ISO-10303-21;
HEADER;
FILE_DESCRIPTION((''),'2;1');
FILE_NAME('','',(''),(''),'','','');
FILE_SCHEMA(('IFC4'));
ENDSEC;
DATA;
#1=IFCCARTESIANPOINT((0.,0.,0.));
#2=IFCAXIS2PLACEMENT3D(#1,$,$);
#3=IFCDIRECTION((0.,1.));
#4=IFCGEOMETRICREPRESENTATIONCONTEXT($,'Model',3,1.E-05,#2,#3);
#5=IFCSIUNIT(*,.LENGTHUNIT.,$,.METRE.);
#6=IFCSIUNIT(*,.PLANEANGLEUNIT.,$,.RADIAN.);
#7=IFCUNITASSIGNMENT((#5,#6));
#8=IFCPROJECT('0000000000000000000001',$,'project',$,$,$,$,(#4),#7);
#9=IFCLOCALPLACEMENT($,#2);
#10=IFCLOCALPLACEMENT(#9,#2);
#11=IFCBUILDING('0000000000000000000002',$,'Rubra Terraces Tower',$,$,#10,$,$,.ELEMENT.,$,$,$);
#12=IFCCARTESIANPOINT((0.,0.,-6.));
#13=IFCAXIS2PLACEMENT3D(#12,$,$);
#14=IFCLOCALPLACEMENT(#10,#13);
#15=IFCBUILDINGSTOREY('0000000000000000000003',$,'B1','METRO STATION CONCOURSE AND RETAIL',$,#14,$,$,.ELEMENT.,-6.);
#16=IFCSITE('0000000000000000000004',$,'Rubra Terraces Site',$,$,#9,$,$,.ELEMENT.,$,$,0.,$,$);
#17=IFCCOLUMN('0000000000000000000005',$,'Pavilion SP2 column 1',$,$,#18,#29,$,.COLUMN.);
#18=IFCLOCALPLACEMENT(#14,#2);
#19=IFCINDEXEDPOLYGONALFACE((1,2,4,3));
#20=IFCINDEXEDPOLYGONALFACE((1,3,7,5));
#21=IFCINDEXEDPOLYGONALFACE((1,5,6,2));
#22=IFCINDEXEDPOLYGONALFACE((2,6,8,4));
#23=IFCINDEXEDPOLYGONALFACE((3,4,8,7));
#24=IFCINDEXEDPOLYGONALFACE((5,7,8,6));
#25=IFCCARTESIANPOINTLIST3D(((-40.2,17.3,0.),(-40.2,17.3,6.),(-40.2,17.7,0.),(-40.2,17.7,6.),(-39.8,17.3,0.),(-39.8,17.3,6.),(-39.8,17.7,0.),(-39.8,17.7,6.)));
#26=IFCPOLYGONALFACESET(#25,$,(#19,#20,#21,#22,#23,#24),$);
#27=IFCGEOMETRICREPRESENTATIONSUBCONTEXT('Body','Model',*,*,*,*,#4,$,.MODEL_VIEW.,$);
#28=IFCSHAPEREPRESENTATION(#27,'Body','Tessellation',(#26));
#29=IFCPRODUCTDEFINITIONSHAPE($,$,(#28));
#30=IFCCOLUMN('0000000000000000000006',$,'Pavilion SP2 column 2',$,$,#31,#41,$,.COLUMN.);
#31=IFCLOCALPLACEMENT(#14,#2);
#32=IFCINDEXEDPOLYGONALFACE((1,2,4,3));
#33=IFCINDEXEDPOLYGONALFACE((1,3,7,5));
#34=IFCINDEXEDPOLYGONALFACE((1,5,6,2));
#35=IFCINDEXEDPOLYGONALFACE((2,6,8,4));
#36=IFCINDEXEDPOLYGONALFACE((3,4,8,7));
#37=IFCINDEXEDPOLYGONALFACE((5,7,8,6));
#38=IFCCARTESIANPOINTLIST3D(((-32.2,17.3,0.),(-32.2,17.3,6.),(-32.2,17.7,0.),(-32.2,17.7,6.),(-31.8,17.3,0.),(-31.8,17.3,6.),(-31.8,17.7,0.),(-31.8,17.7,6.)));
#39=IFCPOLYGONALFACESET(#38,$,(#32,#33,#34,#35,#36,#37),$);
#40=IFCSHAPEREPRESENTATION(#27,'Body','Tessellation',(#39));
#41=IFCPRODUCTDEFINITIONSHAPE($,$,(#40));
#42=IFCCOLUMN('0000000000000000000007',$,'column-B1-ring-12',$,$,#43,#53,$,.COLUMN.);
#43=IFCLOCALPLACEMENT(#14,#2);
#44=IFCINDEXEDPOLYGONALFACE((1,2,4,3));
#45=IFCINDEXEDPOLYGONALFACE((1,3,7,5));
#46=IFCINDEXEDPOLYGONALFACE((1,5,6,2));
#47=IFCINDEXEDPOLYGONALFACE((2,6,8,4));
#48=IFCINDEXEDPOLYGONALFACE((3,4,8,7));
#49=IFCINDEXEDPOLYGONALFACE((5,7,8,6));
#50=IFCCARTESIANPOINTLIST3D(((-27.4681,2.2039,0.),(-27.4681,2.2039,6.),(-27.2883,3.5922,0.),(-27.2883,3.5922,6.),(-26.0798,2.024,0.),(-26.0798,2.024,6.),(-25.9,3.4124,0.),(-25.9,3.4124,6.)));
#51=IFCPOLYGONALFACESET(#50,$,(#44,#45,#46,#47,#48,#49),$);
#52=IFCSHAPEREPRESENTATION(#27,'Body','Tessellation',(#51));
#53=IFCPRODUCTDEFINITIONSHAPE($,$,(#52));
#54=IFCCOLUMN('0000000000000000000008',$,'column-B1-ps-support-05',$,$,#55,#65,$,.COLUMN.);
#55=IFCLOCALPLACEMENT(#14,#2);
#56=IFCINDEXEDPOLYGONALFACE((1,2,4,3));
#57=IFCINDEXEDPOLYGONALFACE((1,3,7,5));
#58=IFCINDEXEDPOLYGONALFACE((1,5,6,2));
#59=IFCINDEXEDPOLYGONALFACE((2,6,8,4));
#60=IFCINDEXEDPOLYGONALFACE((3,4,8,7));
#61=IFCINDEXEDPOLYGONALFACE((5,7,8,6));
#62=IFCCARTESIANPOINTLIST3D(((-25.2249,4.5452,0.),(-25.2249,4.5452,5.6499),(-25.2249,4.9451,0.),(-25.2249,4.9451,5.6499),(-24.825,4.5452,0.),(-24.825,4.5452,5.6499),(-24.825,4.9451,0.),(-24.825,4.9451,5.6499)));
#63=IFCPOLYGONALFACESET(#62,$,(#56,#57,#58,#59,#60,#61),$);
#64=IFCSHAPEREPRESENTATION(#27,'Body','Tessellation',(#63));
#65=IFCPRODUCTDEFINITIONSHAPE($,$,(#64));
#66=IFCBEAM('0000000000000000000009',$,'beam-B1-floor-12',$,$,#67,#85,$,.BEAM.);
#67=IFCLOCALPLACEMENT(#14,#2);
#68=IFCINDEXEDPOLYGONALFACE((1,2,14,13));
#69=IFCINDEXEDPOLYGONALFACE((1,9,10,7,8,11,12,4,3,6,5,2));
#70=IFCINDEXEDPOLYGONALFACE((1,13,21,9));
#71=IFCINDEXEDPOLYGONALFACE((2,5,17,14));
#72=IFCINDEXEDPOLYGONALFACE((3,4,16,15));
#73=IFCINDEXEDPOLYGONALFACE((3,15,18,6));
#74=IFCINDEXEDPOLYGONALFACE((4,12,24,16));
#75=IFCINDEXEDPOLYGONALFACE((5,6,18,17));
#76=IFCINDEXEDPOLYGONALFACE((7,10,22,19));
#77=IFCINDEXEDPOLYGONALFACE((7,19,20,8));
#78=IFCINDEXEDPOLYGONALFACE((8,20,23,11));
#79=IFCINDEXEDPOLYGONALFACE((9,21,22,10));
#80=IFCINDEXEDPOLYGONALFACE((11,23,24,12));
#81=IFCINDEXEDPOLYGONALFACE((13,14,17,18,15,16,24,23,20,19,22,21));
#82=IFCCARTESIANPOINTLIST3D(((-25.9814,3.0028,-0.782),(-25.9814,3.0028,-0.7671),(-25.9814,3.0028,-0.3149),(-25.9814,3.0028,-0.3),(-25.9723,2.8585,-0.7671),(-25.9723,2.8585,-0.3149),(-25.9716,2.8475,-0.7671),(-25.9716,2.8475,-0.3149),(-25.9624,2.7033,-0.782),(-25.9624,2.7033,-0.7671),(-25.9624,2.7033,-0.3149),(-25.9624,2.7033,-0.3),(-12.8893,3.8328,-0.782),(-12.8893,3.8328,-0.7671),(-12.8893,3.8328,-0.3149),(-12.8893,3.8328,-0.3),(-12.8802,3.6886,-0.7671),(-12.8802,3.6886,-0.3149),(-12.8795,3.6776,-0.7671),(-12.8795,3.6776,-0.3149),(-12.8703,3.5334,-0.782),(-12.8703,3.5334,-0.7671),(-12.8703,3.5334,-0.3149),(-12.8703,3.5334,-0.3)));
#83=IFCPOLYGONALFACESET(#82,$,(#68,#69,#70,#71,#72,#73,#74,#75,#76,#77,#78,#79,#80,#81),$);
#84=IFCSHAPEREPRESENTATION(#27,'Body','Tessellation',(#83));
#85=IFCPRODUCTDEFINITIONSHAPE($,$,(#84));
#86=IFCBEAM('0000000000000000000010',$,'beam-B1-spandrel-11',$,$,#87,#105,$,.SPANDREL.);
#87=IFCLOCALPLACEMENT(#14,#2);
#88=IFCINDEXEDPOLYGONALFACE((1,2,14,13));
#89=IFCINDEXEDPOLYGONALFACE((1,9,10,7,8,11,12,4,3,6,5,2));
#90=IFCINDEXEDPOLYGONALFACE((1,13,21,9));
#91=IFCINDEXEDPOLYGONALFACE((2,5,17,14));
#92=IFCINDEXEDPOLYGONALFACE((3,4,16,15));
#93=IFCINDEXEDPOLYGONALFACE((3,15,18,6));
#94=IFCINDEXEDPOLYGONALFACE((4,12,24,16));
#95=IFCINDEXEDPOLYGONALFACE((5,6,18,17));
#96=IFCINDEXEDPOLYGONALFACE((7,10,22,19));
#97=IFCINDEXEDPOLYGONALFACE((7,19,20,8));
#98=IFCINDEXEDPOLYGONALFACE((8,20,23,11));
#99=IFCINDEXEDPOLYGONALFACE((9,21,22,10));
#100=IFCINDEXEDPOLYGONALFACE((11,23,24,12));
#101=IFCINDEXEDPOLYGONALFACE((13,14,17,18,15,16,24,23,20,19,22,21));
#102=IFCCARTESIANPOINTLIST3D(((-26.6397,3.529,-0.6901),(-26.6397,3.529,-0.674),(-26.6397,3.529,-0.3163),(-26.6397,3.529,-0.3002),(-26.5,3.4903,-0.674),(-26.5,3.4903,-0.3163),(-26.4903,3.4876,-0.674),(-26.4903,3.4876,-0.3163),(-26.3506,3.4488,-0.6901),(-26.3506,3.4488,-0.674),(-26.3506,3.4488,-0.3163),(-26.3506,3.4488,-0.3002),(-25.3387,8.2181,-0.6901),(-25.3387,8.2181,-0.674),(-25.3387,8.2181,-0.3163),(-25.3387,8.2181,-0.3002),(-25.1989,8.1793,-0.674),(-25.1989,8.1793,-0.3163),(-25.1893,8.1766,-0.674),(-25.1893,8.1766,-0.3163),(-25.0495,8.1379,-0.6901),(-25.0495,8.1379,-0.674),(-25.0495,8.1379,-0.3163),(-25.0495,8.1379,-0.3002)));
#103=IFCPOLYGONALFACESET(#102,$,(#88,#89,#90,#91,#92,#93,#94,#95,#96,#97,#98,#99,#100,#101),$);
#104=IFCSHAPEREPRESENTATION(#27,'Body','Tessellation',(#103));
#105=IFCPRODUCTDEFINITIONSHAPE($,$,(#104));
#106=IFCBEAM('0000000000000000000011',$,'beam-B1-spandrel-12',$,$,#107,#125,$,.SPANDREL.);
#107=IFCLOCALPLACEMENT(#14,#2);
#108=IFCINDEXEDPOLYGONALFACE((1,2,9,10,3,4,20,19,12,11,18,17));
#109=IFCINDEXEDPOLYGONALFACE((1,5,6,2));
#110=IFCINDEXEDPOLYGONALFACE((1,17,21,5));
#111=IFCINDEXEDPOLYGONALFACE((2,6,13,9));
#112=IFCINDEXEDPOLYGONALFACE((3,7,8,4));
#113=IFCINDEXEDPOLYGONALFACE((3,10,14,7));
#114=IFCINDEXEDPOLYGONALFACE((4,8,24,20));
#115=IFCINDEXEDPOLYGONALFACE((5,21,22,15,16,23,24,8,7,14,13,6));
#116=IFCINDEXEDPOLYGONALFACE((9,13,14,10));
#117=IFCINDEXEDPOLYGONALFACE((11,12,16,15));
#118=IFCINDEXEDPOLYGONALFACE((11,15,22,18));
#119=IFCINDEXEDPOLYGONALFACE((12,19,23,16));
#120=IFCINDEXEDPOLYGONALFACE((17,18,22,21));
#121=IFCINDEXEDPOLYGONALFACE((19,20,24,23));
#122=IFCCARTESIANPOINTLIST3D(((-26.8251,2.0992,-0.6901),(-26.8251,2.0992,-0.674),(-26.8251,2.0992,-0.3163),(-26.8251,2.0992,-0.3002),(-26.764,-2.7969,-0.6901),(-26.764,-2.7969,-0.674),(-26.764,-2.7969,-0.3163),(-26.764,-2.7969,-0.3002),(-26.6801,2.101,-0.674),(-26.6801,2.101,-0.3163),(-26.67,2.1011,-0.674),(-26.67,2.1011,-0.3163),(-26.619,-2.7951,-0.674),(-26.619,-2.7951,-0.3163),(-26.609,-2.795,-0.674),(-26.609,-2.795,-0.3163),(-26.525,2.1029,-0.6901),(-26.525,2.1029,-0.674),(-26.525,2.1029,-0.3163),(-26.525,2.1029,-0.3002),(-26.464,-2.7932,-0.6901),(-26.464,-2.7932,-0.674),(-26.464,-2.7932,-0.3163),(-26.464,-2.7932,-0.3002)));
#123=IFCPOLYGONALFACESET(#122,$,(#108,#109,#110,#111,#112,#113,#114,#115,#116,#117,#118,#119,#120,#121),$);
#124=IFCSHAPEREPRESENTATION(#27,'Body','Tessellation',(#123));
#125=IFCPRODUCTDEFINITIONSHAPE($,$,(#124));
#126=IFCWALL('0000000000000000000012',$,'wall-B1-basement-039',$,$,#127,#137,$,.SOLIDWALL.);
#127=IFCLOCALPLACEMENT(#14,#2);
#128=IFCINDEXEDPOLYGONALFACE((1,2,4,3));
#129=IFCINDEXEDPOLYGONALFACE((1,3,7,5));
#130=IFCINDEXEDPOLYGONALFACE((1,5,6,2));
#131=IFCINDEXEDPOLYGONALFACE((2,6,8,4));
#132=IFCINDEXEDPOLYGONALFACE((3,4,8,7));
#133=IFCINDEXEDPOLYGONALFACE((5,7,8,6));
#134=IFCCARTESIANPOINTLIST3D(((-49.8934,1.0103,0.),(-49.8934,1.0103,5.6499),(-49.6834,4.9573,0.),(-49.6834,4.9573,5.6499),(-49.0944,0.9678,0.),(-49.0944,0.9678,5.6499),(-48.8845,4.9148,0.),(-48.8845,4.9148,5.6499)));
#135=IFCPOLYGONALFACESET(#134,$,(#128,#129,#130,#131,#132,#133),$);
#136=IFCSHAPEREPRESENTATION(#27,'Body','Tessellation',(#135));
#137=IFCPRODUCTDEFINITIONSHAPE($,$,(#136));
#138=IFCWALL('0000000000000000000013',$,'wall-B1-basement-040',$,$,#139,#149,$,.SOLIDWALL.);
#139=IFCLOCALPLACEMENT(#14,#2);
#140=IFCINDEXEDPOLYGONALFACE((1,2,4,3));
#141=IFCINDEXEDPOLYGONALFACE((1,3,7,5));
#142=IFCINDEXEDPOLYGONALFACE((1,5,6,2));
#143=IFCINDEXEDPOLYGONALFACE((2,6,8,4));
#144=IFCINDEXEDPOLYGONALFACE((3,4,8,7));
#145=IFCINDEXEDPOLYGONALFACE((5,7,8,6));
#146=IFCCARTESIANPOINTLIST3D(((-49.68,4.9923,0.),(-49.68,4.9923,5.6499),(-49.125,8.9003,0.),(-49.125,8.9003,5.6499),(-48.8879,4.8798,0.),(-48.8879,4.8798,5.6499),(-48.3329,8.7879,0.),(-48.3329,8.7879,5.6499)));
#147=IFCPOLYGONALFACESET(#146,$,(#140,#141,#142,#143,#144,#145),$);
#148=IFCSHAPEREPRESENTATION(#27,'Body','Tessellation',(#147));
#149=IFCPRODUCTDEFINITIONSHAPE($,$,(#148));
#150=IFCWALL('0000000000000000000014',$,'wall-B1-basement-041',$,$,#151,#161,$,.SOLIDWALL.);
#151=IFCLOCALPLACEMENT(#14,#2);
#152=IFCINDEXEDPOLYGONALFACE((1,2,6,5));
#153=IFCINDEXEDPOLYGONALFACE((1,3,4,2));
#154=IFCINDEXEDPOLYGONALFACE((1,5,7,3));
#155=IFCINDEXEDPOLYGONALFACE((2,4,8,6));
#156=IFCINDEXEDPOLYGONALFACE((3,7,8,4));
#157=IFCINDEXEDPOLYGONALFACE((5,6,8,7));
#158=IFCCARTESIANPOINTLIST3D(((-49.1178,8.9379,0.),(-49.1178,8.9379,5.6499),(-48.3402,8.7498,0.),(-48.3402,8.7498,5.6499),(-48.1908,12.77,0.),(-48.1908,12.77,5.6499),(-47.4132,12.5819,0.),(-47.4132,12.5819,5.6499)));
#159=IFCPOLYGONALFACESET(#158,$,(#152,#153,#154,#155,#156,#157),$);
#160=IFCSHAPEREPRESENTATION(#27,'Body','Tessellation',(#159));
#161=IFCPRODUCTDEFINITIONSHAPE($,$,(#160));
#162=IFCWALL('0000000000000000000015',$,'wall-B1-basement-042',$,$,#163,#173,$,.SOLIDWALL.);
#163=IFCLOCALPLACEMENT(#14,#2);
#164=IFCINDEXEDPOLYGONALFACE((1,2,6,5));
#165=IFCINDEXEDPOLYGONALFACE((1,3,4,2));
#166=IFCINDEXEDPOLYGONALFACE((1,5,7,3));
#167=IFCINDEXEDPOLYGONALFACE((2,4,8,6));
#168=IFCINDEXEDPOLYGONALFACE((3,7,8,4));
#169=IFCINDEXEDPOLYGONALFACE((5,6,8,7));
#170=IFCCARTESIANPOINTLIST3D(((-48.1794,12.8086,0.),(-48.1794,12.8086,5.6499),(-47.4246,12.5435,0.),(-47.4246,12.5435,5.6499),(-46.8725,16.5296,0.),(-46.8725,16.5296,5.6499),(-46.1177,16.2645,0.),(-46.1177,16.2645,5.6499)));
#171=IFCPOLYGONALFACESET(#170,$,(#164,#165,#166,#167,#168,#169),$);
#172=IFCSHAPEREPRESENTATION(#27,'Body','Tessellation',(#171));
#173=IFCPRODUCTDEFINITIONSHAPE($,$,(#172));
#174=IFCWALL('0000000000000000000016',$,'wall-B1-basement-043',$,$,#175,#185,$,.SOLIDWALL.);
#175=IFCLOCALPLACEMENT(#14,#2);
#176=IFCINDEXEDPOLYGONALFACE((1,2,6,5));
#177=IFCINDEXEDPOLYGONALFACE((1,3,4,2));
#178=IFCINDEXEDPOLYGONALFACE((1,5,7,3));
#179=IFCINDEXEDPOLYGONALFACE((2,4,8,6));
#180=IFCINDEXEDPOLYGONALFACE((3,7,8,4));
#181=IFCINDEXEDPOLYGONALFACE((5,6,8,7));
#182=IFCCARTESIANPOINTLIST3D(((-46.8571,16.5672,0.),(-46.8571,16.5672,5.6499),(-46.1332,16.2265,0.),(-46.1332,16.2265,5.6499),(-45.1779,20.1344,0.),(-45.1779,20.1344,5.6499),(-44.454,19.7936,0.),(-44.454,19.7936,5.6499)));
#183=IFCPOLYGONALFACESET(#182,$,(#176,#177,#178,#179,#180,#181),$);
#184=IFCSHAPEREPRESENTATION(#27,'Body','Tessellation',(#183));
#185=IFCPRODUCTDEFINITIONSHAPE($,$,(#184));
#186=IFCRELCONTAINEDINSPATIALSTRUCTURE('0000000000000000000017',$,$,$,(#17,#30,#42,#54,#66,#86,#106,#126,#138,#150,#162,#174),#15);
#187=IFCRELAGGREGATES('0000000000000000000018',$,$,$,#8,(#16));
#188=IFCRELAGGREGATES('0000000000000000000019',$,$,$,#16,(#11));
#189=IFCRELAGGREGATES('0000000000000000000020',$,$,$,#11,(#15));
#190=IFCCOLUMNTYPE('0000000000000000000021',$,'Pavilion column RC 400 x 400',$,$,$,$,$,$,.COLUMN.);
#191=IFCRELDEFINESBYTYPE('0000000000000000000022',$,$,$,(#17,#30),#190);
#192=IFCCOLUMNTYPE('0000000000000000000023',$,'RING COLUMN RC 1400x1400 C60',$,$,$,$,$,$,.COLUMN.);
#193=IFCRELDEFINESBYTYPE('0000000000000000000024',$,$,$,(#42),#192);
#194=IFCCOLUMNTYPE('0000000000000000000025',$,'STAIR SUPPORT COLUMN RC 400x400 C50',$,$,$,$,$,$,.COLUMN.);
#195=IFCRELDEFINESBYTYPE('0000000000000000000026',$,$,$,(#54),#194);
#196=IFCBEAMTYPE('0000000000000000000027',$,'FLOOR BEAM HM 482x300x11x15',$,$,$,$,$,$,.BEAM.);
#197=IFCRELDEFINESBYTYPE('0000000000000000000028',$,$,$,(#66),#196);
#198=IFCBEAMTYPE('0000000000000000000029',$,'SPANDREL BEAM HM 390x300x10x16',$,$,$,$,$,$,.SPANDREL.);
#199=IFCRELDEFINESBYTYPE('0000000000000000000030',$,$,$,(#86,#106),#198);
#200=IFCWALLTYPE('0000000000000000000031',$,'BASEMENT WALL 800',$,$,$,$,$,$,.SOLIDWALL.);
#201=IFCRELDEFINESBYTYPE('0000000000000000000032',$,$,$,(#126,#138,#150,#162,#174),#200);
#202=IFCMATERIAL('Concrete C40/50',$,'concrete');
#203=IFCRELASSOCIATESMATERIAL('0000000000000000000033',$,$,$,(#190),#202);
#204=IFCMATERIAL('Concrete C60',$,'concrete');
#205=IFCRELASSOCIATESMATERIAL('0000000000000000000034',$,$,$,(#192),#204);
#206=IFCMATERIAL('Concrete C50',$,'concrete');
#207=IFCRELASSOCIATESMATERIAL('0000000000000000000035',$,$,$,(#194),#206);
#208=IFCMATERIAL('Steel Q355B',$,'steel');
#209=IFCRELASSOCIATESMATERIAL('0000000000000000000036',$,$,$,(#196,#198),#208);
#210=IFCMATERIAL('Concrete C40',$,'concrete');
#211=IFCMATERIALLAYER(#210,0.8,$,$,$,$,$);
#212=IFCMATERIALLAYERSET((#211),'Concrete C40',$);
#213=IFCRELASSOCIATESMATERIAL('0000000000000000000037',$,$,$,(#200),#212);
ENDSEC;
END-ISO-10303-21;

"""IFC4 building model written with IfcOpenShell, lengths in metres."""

from ifc_helpers import new_model, si_unit, direction, frame, frame_2d, origin, origin_2d, place, context, subcontext, project, spatial, rectangle, i_section, extrude, material, layer, layer_set, material_profile, profile_set, type_object, element, save


model = new_model("IFC4")

# Units and contexts
model_context = context("Model", 3, precision=1e-05, world=origin(), true_north=direction((0.0, 1.0)))
body_context = subcontext(model_context, "Body", "Model", "MODEL_VIEW")
ifc_project = project(units=[si_unit("LENGTHUNIT", "METRE"), si_unit("PLANEANGLEUNIT", "RADIAN")], contexts=[model_context])

# Site, building, storey
site_placement = place(None, origin())
site = spatial("IfcSite", under=ifc_project, at=site_placement, Name="Rubra Terraces Site", CompositionType="ELEMENT", RefElevation=0.0)
building_placement = place(site_placement, origin())
building = spatial("IfcBuilding", under=site, at=building_placement, Name="Rubra Terraces Tower", CompositionType="ELEMENT")
storey_placement = place(building_placement, frame((0.0, 0.0, -6.0)))
storey = spatial("IfcBuildingStorey", under=building, at=storey_placement, Name="B1", Description="METRO STATION CONCOURSE AND RETAIL", CompositionType="ELEMENT", Elevation=-6.0)

# Columns
ifc_material_1 = material(Name="Concrete C40/50", Category="concrete")
ifc_material_profile_1 = material_profile(ifc_material_1, rectangle(XDim=0.3999, YDim=0.3999, at=origin_2d()), Name="RC 400x400")
ifc_profile_set_1 = profile_set([ifc_material_profile_1], Name="Concrete C40/50")
column_type_1 = type_object("IfcColumnType", Name="Pavilion column RC 400 x 400", PredefinedType="COLUMN", material=ifc_profile_set_1)
for number, where, z_axis, x_axis, name in (
    (1, (-40.0, 17.5, 0.0), (0.0, 0.0, 1.0), (1.0, 0.0, 0.0), "Pavilion SP2 column 1"),
    (2, (-32.0, 17.5, 0.0), (0.0, 0.0, 1.0), (1.0, 0.0, 0.0), "Pavilion SP2 column 2"),
):
    element("IfcColumn", number, at=place(storey_placement, frame(where, z_axis=z_axis, x_axis=x_axis)), inside=storey, type_object=column_type_1, Name=name, PredefinedType="COLUMN", context=body_context, shape_type="SweptSolid", body=[
        extrude(rectangle(XDim=0.3999, YDim=0.3999, at=origin_2d()), origin(), (0.0, 0.0, 1.0), 6.0),
    ])
ifc_material_2 = material(Name="Concrete C60", Category="concrete")
ifc_material_profile_2 = material_profile(ifc_material_2, rectangle(XDim=1.3999, YDim=1.3999, at=origin_2d()), Name="RC 1400x1400")
ifc_profile_set_2 = profile_set([ifc_material_profile_2], Name="Concrete C60")
column_type_2 = type_object("IfcColumnType", Name="RING COLUMN RC 1400x1400 C60", PredefinedType="COLUMN", material=ifc_profile_set_2)
column_1_placement = place(storey_placement, frame((-26.6841, 2.8081, 0.0), z_axis=(0.0, 0.0, 1.0), x_axis=(-0.128445, -0.991717, 0.0)))
element("IfcColumn", 3, at=column_1_placement, inside=storey, type_object=column_type_2, Name="column-B1-ring-12", PredefinedType="COLUMN", context=body_context, shape_type="SweptSolid", body=[
    extrude(rectangle(XDim=1.3999, YDim=1.3999, at=origin_2d()), origin(), (0.0, 0.0, 1.0), 6.0),
])
ifc_material_3 = material(Name="Concrete C50", Category="concrete")
ifc_material_profile_3 = material_profile(ifc_material_3, rectangle(XDim=0.3999, YDim=0.3999, at=origin_2d()), Name="RC 400x400")
ifc_profile_set_3 = profile_set([ifc_material_profile_3], Name="Concrete C50")
column_type_3 = type_object("IfcColumnType", Name="STAIR SUPPORT COLUMN RC 400x400 C50", PredefinedType="COLUMN", material=ifc_profile_set_3)
column_2_placement = place(storey_placement, frame((-25.0249, 4.7451, 0.0), z_axis=(0.0, 0.0, 1.0), x_axis=(1.0, 0.0, 0.0)))
element("IfcColumn", 4, at=column_2_placement, inside=storey, type_object=column_type_3, Name="column-B1-ps-support-05", PredefinedType="COLUMN", context=body_context, shape_type="SweptSolid", body=[
    extrude(rectangle(XDim=0.3999, YDim=0.3999, at=origin_2d()), origin(), (0.0, 0.0, 1.0), 5.6499),
])

# Beams
ifc_material_4 = material(Name="Steel Q355B", Category="steel")
ifc_material_profile_4 = material_profile(ifc_material_4, i_section(OverallWidth=0.3, OverallDepth=0.4819, WebThickness=0.011, FlangeThickness=0.0149, at=origin_2d()), Name="HM 482x300x11x15")
ifc_profile_set_4 = profile_set([ifc_material_profile_4], Name="Steel Q355B")
beam_type_1 = type_object("IfcBeamType", Name="FLOOR BEAM HM 482x300x11x15", PredefinedType="BEAM", material=ifc_profile_set_4)
beam_1_placement = place(storey_placement, frame((-25.9719, 2.853, -0.541), z_axis=(0.997996, 0.063276, 0.0), x_axis=(-0.063276, 0.997996, 0.0)))
element("IfcBeam", 5, at=beam_1_placement, inside=storey, type_object=beam_type_1, Name="beam-B1-floor-12", PredefinedType="BEAM", context=body_context, shape_type="SweptSolid", body=[
    extrude(i_section(OverallWidth=0.3, OverallDepth=0.4819, WebThickness=0.011, FlangeThickness=0.0149, at=origin_2d()), origin(), (0.0, 0.0, 1.0), 13.1184),
])
ifc_material_profile_5 = material_profile(ifc_material_4, i_section(OverallWidth=0.3, OverallDepth=0.3899, WebThickness=0.01, FlangeThickness=0.0161, at=origin_2d()), Name="HM 390x300x10x16")
ifc_profile_set_5 = profile_set([ifc_material_profile_5], Name="Steel Q355B")
beam_type_2 = type_object("IfcBeamType", Name="SPANDREL BEAM HM 390x300x10x16", PredefinedType="SPANDREL", material=ifc_profile_set_5)
beam_2_placement = place(storey_placement, frame((-25.1941, 8.178, -0.4951), z_axis=(-0.267364, -0.963595, 0.0), x_axis=(0.963595, -0.267364, 0.0)))
element("IfcBeam", 6, at=beam_2_placement, inside=storey, type_object=beam_type_2, Name="beam-B1-spandrel-11", PredefinedType="SPANDREL", context=body_context, shape_type="SweptSolid", body=[
    extrude(i_section(OverallWidth=0.3, OverallDepth=0.3899, WebThickness=0.01, FlangeThickness=0.0161, at=origin_2d()), origin(), (0.0, 0.0, 1.0), 4.8662),
])
beam_3_placement = place(storey_placement, frame((-26.675, 2.1011, -0.4951), z_axis=(0.012465, -0.999922, 0.0), x_axis=(0.999922, 0.012465, 0.0)))
element("IfcBeam", 7, at=beam_3_placement, inside=storey, type_object=beam_type_2, Name="beam-B1-spandrel-12", PredefinedType="SPANDREL", context=body_context, shape_type="SweptSolid", body=[
    extrude(i_section(OverallWidth=0.3, OverallDepth=0.3899, WebThickness=0.01, FlangeThickness=0.0161, at=origin_2d()), origin(), (0.0, 0.0, 1.0), 4.8965),
])

# Walls
ifc_material_5 = material(Name="Concrete C40", Category="concrete")
ifc_layer_1 = layer(ifc_material_5, 0.8)
ifc_layer_set_1 = layer_set([ifc_layer_1], Name="Concrete C40")
wall_type_1 = type_object("IfcWallType", Name="BASEMENT WALL 800", PredefinedType="SOLIDWALL", material=ifc_layer_set_1)
wall_1_placement = place(storey_placement, frame((-49.4939, 0.989, 0.0), z_axis=(0.0, 0.0, 1.0), x_axis=(0.05312, 0.998588, 0.0)))
element("IfcWall", 8, at=wall_1_placement, inside=storey, type_object=wall_type_1, Name="wall-B1-basement-039", PredefinedType="SOLIDWALL", context=body_context, shape_type="SweptSolid", body=[
    extrude(rectangle(XDim=3.9526, YDim=0.8, at=frame_2d((1.9763, 0.0))), origin(), (0.0, 0.0, 1.0), 5.6499),
])
wall_2_placement = place(storey_placement, frame((-49.2839, 4.936, 0.0), z_axis=(0.0, 0.0, 1.0), x_axis=(0.14059, 0.990068, 0.0)))
element("IfcWall", 9, at=wall_2_placement, inside=storey, type_object=wall_type_1, Name="wall-B1-basement-040", PredefinedType="SOLIDWALL", context=body_context, shape_type="SweptSolid", body=[
    extrude(rectangle(XDim=3.9473, YDim=0.8, at=frame_2d((1.9736, 0.0))), origin(), (0.0, 0.0, 1.0), 5.6499),
])
wall_3_placement = place(storey_placement, frame((-48.729, 8.844, 0.0), z_axis=(0.0, 0.0, 1.0), x_axis=(0.235127, 0.971965, 0.0)))
element("IfcWall", 10, at=wall_3_placement, inside=storey, type_object=wall_type_1, Name="wall-B1-basement-041", PredefinedType="SOLIDWALL", context=body_context, shape_type="SweptSolid", body=[
    extrude(rectangle(XDim=3.9426, YDim=0.8, at=frame_2d((1.9712, 0.0))), origin(), (0.0, 0.0, 1.0), 5.6499),
])
wall_4_placement = place(storey_placement, frame((-47.802, 12.676, 0.0), z_axis=(0.0, 0.0, 1.0), x_axis=(0.331379, 0.943498, 0.0)))
element("IfcWall", 11, at=wall_4_placement, inside=storey, type_object=wall_type_1, Name="wall-B1-basement-042", PredefinedType="SOLIDWALL", context=body_context, shape_type="SweptSolid", body=[
    extrude(rectangle(XDim=3.9438, YDim=0.8, at=frame_2d((1.9719, 0.0))), origin(), (0.0, 0.0, 1.0), 5.6499),
])
wall_5_placement = place(storey_placement, frame((-46.4951, 16.397, 0.0), z_axis=(0.0, 0.0, 1.0), x_axis=(0.42591, 0.904765, 0.0)))
element("IfcWall", 12, at=wall_5_placement, inside=storey, type_object=wall_type_1, Name="wall-B1-basement-043", PredefinedType="SOLIDWALL", context=body_context, shape_type="SweptSolid", body=[
    extrude(rectangle(XDim=3.9426, YDim=0.8, at=frame_2d((1.9712, 0.0))), origin(), (0.0, 0.0, 1.0), 5.6499),
])

save(model, "model.ifc")
